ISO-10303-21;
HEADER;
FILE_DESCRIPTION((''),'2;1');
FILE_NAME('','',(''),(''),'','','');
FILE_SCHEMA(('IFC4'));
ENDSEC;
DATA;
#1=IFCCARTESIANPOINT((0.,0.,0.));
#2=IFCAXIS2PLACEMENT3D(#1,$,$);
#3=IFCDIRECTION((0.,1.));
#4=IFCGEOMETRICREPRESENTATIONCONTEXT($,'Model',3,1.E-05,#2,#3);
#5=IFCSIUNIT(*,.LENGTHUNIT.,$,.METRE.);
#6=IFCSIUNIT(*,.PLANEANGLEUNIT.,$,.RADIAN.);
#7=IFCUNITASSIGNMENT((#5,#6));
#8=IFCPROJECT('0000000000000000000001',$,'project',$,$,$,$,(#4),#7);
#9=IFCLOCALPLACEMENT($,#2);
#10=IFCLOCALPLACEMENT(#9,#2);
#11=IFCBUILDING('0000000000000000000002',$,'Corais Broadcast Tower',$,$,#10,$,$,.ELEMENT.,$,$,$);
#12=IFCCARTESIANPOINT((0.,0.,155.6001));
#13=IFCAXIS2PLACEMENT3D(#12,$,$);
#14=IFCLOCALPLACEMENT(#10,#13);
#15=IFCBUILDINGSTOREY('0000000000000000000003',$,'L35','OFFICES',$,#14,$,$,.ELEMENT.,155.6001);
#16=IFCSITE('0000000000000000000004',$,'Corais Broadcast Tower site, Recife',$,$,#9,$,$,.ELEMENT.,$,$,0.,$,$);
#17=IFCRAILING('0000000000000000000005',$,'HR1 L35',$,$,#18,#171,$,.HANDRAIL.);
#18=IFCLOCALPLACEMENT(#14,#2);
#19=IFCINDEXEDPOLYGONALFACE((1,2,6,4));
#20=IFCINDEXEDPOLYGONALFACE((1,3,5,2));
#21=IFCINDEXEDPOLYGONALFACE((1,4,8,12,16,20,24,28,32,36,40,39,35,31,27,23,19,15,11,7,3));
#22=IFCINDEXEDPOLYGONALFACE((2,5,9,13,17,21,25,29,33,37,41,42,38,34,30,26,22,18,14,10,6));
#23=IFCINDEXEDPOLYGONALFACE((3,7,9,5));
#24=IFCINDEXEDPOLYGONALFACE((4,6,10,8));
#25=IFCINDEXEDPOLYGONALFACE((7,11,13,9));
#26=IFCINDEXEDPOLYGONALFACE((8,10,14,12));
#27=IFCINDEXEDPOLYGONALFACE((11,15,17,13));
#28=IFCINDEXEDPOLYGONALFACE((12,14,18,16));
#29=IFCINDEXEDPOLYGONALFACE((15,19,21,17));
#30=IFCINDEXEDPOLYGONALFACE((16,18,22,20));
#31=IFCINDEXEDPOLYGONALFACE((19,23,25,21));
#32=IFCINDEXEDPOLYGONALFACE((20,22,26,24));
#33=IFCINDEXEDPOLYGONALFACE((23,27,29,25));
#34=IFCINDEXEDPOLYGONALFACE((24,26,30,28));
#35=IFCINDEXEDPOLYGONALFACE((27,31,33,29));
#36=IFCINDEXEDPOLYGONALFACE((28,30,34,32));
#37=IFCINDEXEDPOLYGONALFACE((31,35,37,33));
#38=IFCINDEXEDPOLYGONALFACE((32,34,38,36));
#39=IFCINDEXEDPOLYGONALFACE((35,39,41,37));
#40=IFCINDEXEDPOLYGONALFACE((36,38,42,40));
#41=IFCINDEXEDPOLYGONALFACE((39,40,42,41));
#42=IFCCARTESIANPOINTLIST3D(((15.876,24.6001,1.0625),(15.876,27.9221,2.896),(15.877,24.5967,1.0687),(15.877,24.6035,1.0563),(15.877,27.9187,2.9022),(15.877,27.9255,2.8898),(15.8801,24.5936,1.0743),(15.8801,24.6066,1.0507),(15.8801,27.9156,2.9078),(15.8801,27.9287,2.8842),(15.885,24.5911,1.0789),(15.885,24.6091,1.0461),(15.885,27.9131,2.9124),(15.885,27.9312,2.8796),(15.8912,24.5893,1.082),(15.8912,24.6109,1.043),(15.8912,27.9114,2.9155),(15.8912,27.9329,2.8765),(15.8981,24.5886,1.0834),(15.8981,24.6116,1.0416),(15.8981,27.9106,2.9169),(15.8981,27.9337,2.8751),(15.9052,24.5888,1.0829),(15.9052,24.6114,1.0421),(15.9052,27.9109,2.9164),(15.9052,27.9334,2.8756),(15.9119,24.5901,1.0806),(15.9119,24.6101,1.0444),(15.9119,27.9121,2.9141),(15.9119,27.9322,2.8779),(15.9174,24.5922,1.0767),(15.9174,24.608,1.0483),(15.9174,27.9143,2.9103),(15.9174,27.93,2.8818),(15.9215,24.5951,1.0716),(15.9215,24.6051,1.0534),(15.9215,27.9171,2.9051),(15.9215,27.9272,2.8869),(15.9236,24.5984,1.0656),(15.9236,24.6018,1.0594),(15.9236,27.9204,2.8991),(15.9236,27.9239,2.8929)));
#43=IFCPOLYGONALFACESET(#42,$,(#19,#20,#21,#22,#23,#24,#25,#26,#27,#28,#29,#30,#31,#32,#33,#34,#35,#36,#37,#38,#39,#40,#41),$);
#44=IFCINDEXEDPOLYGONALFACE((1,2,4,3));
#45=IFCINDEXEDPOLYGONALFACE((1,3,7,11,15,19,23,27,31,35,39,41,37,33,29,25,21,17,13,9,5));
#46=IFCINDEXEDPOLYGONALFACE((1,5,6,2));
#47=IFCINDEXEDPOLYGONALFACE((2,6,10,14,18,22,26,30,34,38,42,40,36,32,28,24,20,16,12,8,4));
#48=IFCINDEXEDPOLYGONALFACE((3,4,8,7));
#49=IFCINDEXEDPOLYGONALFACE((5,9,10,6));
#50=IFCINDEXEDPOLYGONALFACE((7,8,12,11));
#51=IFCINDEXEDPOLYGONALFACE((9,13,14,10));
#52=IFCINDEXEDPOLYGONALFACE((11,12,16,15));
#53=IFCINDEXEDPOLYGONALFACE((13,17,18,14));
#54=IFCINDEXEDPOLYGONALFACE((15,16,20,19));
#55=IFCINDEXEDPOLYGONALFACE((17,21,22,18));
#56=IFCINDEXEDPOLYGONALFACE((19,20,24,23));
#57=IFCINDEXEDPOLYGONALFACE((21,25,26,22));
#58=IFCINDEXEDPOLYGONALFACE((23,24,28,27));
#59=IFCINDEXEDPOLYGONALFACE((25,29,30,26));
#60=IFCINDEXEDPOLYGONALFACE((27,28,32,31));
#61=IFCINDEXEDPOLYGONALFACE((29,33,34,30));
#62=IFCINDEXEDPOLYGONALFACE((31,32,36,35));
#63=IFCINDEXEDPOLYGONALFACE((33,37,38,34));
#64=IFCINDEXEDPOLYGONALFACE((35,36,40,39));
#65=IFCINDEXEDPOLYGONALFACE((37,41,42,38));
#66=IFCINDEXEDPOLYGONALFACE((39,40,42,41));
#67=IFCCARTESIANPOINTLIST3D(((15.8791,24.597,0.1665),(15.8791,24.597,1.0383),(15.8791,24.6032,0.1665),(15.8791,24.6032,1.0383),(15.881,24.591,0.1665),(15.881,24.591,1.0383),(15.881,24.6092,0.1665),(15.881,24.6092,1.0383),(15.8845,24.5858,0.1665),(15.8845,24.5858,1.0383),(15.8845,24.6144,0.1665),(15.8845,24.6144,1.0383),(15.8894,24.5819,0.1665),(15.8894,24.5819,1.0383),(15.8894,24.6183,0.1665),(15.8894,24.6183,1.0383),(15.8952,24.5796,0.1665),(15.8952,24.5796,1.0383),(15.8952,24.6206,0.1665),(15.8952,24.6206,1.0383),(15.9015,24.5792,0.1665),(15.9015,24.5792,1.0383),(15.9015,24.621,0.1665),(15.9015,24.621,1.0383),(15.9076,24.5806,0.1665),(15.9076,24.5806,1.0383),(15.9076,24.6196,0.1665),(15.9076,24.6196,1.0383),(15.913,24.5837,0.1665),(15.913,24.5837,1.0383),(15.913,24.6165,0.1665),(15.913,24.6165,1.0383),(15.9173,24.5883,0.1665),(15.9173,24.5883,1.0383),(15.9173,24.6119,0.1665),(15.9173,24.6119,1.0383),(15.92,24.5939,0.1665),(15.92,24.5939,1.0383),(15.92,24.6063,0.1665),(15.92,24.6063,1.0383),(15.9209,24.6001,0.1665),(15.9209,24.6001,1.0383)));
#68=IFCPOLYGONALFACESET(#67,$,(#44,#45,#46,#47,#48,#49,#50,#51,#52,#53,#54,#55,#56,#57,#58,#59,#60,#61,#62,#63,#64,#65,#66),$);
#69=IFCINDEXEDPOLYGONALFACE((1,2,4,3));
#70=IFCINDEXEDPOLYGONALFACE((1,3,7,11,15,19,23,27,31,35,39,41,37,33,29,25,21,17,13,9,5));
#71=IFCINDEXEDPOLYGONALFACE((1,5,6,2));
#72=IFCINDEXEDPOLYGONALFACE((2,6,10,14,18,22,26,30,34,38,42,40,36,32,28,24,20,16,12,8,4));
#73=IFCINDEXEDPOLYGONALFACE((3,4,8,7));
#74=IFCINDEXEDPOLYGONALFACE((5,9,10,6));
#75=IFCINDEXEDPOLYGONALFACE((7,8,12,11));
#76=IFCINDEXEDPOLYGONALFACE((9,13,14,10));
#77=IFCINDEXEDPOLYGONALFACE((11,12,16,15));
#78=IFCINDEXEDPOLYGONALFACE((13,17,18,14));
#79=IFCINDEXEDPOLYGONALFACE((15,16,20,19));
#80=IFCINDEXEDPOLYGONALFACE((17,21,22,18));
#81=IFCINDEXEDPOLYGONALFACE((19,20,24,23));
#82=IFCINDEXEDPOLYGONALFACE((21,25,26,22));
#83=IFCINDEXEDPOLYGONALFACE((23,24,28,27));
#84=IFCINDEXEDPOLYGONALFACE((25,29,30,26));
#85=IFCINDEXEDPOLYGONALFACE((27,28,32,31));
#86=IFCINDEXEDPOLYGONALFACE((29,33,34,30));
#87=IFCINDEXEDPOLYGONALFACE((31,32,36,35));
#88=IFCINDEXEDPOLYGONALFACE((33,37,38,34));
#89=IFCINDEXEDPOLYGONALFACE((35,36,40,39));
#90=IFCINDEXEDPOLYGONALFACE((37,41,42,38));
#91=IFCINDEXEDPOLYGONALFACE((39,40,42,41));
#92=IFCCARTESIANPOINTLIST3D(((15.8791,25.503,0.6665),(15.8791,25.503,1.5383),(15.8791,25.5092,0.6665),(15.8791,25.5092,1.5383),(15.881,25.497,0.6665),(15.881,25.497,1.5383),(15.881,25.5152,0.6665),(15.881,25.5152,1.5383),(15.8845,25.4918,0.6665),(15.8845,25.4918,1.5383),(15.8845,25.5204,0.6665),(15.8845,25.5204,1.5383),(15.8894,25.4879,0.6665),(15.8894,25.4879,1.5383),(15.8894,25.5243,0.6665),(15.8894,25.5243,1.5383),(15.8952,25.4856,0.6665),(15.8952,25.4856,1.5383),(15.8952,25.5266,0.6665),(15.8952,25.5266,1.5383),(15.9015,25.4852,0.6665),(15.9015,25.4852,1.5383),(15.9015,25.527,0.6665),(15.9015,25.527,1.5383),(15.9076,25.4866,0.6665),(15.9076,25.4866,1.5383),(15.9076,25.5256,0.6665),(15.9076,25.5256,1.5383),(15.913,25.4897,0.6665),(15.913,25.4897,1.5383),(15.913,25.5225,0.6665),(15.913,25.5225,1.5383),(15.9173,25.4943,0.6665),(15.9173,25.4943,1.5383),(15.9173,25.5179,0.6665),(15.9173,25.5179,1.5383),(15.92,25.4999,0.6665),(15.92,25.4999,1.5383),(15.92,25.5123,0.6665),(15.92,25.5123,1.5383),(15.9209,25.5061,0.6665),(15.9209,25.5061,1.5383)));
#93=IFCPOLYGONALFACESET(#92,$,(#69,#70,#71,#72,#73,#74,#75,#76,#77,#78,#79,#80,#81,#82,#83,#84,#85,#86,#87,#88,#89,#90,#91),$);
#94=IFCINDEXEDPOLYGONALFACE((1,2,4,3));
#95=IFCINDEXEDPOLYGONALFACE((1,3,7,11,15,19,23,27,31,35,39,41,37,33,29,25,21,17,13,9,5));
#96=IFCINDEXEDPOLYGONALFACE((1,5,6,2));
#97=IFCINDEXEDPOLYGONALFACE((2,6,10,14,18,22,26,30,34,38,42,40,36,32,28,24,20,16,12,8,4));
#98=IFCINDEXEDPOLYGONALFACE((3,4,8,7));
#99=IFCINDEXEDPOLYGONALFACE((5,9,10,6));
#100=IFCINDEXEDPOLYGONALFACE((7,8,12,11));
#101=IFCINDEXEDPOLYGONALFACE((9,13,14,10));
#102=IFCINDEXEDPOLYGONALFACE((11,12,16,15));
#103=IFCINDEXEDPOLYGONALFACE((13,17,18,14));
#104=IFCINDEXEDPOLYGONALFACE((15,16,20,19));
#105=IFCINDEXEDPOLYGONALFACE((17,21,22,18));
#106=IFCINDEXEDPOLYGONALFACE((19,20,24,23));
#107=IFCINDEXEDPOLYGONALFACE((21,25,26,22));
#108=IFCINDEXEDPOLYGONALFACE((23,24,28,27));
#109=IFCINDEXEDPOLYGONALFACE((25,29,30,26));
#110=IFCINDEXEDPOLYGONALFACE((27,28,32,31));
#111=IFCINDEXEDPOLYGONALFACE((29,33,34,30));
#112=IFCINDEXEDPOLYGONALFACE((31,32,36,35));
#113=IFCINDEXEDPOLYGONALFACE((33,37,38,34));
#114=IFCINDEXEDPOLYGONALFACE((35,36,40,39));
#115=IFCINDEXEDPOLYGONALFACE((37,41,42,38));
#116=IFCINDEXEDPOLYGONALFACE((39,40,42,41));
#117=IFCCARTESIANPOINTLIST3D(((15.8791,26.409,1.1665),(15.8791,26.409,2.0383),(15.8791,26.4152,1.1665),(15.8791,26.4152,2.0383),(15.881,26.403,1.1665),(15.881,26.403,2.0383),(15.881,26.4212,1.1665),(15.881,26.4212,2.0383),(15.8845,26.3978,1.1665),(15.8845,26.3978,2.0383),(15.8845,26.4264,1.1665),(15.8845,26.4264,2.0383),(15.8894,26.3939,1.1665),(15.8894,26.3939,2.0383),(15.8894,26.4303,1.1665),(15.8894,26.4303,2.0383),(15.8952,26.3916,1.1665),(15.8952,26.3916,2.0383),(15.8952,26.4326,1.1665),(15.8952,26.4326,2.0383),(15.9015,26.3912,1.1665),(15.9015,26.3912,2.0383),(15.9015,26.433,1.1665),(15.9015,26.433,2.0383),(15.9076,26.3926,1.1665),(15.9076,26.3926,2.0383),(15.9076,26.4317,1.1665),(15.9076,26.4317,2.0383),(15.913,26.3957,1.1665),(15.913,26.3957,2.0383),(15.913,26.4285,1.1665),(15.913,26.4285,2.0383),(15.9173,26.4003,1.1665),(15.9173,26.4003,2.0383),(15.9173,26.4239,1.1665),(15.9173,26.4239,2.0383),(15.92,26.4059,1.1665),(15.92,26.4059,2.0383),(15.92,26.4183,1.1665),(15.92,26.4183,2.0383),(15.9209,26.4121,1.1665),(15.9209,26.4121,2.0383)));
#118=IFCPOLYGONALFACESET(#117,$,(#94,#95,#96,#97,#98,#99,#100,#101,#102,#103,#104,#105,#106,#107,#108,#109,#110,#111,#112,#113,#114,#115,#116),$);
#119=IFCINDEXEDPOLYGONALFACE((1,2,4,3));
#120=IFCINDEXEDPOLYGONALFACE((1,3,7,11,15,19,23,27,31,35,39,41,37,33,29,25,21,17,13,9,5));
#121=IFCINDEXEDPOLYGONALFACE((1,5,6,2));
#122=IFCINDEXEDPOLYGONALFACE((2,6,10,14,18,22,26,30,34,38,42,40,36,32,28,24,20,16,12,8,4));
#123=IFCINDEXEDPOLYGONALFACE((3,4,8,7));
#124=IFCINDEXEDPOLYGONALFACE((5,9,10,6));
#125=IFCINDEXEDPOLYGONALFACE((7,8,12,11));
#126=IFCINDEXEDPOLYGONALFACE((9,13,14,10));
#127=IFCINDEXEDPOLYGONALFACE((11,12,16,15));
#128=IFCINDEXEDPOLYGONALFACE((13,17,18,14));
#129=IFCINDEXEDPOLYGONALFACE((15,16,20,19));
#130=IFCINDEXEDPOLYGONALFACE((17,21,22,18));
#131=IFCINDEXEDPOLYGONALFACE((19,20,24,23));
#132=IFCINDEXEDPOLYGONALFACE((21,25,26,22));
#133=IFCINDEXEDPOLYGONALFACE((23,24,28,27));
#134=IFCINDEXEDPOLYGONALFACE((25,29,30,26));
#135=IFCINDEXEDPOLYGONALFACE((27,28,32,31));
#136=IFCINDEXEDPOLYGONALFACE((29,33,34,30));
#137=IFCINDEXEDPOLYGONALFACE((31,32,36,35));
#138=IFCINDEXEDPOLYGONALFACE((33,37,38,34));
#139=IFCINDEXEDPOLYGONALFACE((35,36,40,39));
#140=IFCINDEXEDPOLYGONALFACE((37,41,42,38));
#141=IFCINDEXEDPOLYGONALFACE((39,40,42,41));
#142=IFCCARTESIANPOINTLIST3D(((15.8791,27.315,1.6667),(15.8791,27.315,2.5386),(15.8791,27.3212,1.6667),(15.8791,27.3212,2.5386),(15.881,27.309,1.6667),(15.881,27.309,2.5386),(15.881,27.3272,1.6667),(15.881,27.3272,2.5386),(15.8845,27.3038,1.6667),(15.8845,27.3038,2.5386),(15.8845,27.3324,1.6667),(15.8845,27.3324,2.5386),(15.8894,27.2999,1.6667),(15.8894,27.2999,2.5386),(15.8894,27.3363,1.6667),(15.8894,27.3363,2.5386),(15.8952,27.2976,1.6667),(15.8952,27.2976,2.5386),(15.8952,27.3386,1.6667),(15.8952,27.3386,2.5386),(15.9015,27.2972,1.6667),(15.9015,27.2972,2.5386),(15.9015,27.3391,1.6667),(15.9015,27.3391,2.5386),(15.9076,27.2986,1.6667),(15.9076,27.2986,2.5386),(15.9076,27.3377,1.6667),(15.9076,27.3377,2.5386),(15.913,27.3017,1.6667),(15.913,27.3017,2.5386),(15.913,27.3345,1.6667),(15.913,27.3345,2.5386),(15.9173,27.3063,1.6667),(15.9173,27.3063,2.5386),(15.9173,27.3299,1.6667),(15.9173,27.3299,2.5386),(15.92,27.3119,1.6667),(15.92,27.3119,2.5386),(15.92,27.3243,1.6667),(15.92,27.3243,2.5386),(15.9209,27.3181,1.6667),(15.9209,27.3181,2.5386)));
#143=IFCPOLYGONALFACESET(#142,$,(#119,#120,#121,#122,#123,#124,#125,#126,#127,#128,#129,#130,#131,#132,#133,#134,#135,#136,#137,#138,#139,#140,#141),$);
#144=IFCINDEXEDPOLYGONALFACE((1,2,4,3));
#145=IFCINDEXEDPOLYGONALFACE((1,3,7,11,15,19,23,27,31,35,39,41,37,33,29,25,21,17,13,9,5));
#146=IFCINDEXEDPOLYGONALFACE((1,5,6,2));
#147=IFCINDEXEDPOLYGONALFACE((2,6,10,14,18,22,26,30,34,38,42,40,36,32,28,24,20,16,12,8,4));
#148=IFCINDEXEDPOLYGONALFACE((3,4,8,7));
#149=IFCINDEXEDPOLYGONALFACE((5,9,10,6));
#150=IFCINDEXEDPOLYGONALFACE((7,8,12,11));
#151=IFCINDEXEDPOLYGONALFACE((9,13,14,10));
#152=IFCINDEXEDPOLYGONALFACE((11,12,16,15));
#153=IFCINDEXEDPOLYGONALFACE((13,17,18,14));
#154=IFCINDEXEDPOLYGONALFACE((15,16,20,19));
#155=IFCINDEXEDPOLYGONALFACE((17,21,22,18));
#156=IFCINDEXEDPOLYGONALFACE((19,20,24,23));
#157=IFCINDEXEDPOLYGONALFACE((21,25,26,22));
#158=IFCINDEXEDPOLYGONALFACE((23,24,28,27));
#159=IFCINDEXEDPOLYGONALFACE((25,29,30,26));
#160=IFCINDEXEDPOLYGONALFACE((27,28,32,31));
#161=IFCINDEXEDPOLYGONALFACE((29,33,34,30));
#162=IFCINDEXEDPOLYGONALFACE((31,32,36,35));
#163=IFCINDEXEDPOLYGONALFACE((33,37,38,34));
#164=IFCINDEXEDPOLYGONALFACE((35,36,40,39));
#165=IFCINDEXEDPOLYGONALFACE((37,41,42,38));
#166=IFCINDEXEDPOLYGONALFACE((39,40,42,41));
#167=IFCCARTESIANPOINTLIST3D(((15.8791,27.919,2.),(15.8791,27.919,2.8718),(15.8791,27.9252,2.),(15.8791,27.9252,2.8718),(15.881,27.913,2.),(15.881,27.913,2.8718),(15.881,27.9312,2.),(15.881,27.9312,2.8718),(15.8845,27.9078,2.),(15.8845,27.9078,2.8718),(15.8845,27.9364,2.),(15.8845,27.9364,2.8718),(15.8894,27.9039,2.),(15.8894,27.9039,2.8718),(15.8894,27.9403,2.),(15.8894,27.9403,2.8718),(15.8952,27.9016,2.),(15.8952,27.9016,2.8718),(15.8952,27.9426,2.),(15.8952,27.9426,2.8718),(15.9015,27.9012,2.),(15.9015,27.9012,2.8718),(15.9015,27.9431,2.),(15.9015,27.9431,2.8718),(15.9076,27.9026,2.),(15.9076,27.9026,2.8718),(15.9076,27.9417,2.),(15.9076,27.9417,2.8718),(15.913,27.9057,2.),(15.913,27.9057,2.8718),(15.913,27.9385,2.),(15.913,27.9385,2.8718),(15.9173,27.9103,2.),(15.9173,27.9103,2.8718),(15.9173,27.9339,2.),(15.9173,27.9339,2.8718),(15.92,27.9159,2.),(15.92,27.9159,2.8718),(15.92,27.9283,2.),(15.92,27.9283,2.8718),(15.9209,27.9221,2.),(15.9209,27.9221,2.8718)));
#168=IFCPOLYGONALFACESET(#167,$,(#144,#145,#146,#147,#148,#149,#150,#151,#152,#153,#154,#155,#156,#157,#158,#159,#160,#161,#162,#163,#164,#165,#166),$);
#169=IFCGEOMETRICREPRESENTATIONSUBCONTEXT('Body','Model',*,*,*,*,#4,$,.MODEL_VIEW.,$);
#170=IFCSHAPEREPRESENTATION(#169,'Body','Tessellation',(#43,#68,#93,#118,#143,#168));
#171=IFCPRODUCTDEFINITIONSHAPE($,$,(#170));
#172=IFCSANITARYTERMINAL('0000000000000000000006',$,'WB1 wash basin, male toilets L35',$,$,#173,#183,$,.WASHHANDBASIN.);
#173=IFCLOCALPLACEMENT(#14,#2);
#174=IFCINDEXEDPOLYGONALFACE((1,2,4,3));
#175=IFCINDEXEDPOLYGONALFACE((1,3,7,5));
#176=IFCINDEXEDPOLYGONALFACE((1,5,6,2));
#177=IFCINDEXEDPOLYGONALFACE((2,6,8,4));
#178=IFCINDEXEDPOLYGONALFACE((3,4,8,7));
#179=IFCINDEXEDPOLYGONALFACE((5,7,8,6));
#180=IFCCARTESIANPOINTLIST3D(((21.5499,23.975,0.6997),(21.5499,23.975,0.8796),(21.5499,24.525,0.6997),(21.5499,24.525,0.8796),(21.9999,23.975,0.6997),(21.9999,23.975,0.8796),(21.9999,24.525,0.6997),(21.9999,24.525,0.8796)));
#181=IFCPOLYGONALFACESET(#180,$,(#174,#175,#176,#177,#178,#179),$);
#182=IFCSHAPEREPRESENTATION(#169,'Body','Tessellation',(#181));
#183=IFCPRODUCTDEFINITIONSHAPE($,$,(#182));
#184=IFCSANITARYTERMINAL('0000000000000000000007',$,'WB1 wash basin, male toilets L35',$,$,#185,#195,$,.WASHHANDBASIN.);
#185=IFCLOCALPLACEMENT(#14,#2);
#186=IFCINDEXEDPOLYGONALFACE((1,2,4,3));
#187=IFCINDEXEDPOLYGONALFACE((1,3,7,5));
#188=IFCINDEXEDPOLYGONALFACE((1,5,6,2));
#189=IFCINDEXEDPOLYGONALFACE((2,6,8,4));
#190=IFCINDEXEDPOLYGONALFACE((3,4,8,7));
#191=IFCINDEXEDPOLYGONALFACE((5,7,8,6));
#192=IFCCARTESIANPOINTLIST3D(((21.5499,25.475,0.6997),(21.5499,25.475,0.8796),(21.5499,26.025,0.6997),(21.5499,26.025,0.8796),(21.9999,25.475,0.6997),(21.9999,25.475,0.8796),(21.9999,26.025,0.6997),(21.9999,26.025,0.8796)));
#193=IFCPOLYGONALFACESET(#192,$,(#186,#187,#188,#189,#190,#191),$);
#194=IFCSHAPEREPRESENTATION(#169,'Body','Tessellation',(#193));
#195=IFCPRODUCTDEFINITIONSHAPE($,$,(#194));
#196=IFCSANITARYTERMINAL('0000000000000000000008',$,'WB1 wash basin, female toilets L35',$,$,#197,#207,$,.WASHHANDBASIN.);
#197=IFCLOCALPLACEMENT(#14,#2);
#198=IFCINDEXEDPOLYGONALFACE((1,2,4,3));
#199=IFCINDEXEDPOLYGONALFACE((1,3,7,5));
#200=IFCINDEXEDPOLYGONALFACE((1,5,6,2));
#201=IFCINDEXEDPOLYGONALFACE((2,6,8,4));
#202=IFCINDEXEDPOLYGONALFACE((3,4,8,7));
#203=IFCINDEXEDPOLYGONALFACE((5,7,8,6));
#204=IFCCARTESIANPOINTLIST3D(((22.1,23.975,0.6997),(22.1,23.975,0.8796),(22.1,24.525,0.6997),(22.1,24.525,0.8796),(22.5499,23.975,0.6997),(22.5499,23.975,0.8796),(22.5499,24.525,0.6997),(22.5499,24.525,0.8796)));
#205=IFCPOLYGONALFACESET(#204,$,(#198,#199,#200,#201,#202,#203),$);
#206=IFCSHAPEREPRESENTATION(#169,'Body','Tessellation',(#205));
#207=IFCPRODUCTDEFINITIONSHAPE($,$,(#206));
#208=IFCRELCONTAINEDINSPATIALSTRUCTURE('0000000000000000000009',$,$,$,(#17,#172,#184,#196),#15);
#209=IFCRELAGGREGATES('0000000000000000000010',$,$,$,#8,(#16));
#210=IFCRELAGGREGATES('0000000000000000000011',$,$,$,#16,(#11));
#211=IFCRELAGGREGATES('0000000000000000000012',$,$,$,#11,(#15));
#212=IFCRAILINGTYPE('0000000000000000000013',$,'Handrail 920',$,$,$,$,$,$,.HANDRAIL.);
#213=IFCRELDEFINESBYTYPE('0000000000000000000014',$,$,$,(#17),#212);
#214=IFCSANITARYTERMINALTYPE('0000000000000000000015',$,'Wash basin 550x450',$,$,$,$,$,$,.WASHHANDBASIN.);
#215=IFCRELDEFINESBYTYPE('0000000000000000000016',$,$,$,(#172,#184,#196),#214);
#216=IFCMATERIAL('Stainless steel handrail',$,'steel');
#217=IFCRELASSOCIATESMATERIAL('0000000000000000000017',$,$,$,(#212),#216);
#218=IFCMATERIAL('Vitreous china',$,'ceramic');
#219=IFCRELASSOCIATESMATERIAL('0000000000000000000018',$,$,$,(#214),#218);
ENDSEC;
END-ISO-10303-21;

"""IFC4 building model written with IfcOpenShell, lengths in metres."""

from ifc_helpers import new_model, si_unit, direction, frame, origin, origin_2d, place, context, subcontext, project, spatial, rectangle, circle, extrude, material, type_object, element, save


model = new_model("IFC4")

# Units and contexts
model_context = context("Model", 3, precision=1e-05, world=origin(), true_north=direction((0.0, 1.0)))
body_context = subcontext(model_context, "Body", "Model", "MODEL_VIEW")
ifc_project = project(units=[si_unit("LENGTHUNIT", "METRE"), si_unit("PLANEANGLEUNIT", "RADIAN")], contexts=[model_context])

# Site, building, storey
site_placement = place(None, origin())
site = spatial("IfcSite", under=ifc_project, at=site_placement, Name="Corais Broadcast Tower site, Recife", CompositionType="ELEMENT", RefElevation=0.0)
building_placement = place(site_placement, origin())
building = spatial("IfcBuilding", under=site, at=building_placement, Name="Corais Broadcast Tower", CompositionType="ELEMENT")
storey_placement = place(building_placement, frame((0.0, 0.0, 155.6001)))
storey = spatial("IfcBuildingStorey", under=building, at=storey_placement, Name="L35", Description="OFFICES", CompositionType="ELEMENT", Elevation=155.6001)

# Railing
ifc_material_1 = material(Name="Stainless steel handrail", Category="steel")
railing_type = type_object("IfcRailingType", Name="Handrail 920", PredefinedType="HANDRAIL", material=ifc_material_1)
for number, where, name in (
    (1, (15.8999, 24.6001, 0.1665), "HR1 L35"),
):
    element("IfcRailing", number, at=place(storey_placement, frame(where)), inside=storey, type_object=railing_type, Name=name, PredefinedType="HANDRAIL", context=body_context, shape_type="SweptSolid", body=[
        extrude(circle(Radius=0.0239, at=origin_2d()), frame((0.0, 0.0, 0.896), z_axis=(0.0, 0.875504, 0.48321), x_axis=(-1.0, 0.0, 0.0)), (0.0, 0.0, 1.0), 3.7944),
        extrude(circle(Radius=0.021, at=origin_2d()), origin(), (0.0, 0.0, 1.0), 0.8718),
        extrude(circle(Radius=0.021, at=origin_2d()), frame((0.0, 0.906, 0.5)), (0.0, 0.0, 1.0), 0.8718),
        extrude(circle(Radius=0.021, at=origin_2d()), frame((0.0, 1.812, 1.0)), (0.0, 0.0, 1.0), 0.8718),
        extrude(circle(Radius=0.021, at=origin_2d()), frame((0.0, 2.718, 1.5002)), (0.0, 0.0, 1.0), 0.8718),
        extrude(circle(Radius=0.021, at=origin_2d()), frame((0.0, 3.322, 1.8335)), (0.0, 0.0, 1.0), 0.8718),
    ])

# Sanitary terminals
ifc_material_2 = material(Name="Vitreous china", Category="ceramic")
sanitary_terminal_type = type_object("IfcSanitaryTerminalType", Name="Wash basin 550x450", PredefinedType="WASHHANDBASIN", material=ifc_material_2)
for number, where, z_axis, x_axis, name in (
    (2, (21.7749, 24.25, 0.6997), (0.0, 0.0, 1.0), (1.0, 0.0, 0.0), "WB1 wash basin, male toilets L35"),
    (3, (21.7749, 25.75, 0.6997), (0.0, 0.0, 1.0), (1.0, 0.0, 0.0), "WB1 wash basin, male toilets L35"),
    (4, (22.325, 24.25, 0.6997), (0.0, 0.0, 1.0), (1.0, 0.0, 0.0), "WB1 wash basin, female toilets L35"),
):
    element("IfcSanitaryTerminal", number, at=place(storey_placement, frame(where, z_axis=z_axis, x_axis=x_axis)), inside=storey, type_object=sanitary_terminal_type, Name=name, PredefinedType="WASHHANDBASIN", context=body_context, shape_type="SweptSolid", body=[
        extrude(rectangle(XDim=0.45, YDim=0.55, at=origin_2d()), origin(), (0.0, 0.0, 1.0), 0.1799),
    ])

save(model, "model.ifc")
